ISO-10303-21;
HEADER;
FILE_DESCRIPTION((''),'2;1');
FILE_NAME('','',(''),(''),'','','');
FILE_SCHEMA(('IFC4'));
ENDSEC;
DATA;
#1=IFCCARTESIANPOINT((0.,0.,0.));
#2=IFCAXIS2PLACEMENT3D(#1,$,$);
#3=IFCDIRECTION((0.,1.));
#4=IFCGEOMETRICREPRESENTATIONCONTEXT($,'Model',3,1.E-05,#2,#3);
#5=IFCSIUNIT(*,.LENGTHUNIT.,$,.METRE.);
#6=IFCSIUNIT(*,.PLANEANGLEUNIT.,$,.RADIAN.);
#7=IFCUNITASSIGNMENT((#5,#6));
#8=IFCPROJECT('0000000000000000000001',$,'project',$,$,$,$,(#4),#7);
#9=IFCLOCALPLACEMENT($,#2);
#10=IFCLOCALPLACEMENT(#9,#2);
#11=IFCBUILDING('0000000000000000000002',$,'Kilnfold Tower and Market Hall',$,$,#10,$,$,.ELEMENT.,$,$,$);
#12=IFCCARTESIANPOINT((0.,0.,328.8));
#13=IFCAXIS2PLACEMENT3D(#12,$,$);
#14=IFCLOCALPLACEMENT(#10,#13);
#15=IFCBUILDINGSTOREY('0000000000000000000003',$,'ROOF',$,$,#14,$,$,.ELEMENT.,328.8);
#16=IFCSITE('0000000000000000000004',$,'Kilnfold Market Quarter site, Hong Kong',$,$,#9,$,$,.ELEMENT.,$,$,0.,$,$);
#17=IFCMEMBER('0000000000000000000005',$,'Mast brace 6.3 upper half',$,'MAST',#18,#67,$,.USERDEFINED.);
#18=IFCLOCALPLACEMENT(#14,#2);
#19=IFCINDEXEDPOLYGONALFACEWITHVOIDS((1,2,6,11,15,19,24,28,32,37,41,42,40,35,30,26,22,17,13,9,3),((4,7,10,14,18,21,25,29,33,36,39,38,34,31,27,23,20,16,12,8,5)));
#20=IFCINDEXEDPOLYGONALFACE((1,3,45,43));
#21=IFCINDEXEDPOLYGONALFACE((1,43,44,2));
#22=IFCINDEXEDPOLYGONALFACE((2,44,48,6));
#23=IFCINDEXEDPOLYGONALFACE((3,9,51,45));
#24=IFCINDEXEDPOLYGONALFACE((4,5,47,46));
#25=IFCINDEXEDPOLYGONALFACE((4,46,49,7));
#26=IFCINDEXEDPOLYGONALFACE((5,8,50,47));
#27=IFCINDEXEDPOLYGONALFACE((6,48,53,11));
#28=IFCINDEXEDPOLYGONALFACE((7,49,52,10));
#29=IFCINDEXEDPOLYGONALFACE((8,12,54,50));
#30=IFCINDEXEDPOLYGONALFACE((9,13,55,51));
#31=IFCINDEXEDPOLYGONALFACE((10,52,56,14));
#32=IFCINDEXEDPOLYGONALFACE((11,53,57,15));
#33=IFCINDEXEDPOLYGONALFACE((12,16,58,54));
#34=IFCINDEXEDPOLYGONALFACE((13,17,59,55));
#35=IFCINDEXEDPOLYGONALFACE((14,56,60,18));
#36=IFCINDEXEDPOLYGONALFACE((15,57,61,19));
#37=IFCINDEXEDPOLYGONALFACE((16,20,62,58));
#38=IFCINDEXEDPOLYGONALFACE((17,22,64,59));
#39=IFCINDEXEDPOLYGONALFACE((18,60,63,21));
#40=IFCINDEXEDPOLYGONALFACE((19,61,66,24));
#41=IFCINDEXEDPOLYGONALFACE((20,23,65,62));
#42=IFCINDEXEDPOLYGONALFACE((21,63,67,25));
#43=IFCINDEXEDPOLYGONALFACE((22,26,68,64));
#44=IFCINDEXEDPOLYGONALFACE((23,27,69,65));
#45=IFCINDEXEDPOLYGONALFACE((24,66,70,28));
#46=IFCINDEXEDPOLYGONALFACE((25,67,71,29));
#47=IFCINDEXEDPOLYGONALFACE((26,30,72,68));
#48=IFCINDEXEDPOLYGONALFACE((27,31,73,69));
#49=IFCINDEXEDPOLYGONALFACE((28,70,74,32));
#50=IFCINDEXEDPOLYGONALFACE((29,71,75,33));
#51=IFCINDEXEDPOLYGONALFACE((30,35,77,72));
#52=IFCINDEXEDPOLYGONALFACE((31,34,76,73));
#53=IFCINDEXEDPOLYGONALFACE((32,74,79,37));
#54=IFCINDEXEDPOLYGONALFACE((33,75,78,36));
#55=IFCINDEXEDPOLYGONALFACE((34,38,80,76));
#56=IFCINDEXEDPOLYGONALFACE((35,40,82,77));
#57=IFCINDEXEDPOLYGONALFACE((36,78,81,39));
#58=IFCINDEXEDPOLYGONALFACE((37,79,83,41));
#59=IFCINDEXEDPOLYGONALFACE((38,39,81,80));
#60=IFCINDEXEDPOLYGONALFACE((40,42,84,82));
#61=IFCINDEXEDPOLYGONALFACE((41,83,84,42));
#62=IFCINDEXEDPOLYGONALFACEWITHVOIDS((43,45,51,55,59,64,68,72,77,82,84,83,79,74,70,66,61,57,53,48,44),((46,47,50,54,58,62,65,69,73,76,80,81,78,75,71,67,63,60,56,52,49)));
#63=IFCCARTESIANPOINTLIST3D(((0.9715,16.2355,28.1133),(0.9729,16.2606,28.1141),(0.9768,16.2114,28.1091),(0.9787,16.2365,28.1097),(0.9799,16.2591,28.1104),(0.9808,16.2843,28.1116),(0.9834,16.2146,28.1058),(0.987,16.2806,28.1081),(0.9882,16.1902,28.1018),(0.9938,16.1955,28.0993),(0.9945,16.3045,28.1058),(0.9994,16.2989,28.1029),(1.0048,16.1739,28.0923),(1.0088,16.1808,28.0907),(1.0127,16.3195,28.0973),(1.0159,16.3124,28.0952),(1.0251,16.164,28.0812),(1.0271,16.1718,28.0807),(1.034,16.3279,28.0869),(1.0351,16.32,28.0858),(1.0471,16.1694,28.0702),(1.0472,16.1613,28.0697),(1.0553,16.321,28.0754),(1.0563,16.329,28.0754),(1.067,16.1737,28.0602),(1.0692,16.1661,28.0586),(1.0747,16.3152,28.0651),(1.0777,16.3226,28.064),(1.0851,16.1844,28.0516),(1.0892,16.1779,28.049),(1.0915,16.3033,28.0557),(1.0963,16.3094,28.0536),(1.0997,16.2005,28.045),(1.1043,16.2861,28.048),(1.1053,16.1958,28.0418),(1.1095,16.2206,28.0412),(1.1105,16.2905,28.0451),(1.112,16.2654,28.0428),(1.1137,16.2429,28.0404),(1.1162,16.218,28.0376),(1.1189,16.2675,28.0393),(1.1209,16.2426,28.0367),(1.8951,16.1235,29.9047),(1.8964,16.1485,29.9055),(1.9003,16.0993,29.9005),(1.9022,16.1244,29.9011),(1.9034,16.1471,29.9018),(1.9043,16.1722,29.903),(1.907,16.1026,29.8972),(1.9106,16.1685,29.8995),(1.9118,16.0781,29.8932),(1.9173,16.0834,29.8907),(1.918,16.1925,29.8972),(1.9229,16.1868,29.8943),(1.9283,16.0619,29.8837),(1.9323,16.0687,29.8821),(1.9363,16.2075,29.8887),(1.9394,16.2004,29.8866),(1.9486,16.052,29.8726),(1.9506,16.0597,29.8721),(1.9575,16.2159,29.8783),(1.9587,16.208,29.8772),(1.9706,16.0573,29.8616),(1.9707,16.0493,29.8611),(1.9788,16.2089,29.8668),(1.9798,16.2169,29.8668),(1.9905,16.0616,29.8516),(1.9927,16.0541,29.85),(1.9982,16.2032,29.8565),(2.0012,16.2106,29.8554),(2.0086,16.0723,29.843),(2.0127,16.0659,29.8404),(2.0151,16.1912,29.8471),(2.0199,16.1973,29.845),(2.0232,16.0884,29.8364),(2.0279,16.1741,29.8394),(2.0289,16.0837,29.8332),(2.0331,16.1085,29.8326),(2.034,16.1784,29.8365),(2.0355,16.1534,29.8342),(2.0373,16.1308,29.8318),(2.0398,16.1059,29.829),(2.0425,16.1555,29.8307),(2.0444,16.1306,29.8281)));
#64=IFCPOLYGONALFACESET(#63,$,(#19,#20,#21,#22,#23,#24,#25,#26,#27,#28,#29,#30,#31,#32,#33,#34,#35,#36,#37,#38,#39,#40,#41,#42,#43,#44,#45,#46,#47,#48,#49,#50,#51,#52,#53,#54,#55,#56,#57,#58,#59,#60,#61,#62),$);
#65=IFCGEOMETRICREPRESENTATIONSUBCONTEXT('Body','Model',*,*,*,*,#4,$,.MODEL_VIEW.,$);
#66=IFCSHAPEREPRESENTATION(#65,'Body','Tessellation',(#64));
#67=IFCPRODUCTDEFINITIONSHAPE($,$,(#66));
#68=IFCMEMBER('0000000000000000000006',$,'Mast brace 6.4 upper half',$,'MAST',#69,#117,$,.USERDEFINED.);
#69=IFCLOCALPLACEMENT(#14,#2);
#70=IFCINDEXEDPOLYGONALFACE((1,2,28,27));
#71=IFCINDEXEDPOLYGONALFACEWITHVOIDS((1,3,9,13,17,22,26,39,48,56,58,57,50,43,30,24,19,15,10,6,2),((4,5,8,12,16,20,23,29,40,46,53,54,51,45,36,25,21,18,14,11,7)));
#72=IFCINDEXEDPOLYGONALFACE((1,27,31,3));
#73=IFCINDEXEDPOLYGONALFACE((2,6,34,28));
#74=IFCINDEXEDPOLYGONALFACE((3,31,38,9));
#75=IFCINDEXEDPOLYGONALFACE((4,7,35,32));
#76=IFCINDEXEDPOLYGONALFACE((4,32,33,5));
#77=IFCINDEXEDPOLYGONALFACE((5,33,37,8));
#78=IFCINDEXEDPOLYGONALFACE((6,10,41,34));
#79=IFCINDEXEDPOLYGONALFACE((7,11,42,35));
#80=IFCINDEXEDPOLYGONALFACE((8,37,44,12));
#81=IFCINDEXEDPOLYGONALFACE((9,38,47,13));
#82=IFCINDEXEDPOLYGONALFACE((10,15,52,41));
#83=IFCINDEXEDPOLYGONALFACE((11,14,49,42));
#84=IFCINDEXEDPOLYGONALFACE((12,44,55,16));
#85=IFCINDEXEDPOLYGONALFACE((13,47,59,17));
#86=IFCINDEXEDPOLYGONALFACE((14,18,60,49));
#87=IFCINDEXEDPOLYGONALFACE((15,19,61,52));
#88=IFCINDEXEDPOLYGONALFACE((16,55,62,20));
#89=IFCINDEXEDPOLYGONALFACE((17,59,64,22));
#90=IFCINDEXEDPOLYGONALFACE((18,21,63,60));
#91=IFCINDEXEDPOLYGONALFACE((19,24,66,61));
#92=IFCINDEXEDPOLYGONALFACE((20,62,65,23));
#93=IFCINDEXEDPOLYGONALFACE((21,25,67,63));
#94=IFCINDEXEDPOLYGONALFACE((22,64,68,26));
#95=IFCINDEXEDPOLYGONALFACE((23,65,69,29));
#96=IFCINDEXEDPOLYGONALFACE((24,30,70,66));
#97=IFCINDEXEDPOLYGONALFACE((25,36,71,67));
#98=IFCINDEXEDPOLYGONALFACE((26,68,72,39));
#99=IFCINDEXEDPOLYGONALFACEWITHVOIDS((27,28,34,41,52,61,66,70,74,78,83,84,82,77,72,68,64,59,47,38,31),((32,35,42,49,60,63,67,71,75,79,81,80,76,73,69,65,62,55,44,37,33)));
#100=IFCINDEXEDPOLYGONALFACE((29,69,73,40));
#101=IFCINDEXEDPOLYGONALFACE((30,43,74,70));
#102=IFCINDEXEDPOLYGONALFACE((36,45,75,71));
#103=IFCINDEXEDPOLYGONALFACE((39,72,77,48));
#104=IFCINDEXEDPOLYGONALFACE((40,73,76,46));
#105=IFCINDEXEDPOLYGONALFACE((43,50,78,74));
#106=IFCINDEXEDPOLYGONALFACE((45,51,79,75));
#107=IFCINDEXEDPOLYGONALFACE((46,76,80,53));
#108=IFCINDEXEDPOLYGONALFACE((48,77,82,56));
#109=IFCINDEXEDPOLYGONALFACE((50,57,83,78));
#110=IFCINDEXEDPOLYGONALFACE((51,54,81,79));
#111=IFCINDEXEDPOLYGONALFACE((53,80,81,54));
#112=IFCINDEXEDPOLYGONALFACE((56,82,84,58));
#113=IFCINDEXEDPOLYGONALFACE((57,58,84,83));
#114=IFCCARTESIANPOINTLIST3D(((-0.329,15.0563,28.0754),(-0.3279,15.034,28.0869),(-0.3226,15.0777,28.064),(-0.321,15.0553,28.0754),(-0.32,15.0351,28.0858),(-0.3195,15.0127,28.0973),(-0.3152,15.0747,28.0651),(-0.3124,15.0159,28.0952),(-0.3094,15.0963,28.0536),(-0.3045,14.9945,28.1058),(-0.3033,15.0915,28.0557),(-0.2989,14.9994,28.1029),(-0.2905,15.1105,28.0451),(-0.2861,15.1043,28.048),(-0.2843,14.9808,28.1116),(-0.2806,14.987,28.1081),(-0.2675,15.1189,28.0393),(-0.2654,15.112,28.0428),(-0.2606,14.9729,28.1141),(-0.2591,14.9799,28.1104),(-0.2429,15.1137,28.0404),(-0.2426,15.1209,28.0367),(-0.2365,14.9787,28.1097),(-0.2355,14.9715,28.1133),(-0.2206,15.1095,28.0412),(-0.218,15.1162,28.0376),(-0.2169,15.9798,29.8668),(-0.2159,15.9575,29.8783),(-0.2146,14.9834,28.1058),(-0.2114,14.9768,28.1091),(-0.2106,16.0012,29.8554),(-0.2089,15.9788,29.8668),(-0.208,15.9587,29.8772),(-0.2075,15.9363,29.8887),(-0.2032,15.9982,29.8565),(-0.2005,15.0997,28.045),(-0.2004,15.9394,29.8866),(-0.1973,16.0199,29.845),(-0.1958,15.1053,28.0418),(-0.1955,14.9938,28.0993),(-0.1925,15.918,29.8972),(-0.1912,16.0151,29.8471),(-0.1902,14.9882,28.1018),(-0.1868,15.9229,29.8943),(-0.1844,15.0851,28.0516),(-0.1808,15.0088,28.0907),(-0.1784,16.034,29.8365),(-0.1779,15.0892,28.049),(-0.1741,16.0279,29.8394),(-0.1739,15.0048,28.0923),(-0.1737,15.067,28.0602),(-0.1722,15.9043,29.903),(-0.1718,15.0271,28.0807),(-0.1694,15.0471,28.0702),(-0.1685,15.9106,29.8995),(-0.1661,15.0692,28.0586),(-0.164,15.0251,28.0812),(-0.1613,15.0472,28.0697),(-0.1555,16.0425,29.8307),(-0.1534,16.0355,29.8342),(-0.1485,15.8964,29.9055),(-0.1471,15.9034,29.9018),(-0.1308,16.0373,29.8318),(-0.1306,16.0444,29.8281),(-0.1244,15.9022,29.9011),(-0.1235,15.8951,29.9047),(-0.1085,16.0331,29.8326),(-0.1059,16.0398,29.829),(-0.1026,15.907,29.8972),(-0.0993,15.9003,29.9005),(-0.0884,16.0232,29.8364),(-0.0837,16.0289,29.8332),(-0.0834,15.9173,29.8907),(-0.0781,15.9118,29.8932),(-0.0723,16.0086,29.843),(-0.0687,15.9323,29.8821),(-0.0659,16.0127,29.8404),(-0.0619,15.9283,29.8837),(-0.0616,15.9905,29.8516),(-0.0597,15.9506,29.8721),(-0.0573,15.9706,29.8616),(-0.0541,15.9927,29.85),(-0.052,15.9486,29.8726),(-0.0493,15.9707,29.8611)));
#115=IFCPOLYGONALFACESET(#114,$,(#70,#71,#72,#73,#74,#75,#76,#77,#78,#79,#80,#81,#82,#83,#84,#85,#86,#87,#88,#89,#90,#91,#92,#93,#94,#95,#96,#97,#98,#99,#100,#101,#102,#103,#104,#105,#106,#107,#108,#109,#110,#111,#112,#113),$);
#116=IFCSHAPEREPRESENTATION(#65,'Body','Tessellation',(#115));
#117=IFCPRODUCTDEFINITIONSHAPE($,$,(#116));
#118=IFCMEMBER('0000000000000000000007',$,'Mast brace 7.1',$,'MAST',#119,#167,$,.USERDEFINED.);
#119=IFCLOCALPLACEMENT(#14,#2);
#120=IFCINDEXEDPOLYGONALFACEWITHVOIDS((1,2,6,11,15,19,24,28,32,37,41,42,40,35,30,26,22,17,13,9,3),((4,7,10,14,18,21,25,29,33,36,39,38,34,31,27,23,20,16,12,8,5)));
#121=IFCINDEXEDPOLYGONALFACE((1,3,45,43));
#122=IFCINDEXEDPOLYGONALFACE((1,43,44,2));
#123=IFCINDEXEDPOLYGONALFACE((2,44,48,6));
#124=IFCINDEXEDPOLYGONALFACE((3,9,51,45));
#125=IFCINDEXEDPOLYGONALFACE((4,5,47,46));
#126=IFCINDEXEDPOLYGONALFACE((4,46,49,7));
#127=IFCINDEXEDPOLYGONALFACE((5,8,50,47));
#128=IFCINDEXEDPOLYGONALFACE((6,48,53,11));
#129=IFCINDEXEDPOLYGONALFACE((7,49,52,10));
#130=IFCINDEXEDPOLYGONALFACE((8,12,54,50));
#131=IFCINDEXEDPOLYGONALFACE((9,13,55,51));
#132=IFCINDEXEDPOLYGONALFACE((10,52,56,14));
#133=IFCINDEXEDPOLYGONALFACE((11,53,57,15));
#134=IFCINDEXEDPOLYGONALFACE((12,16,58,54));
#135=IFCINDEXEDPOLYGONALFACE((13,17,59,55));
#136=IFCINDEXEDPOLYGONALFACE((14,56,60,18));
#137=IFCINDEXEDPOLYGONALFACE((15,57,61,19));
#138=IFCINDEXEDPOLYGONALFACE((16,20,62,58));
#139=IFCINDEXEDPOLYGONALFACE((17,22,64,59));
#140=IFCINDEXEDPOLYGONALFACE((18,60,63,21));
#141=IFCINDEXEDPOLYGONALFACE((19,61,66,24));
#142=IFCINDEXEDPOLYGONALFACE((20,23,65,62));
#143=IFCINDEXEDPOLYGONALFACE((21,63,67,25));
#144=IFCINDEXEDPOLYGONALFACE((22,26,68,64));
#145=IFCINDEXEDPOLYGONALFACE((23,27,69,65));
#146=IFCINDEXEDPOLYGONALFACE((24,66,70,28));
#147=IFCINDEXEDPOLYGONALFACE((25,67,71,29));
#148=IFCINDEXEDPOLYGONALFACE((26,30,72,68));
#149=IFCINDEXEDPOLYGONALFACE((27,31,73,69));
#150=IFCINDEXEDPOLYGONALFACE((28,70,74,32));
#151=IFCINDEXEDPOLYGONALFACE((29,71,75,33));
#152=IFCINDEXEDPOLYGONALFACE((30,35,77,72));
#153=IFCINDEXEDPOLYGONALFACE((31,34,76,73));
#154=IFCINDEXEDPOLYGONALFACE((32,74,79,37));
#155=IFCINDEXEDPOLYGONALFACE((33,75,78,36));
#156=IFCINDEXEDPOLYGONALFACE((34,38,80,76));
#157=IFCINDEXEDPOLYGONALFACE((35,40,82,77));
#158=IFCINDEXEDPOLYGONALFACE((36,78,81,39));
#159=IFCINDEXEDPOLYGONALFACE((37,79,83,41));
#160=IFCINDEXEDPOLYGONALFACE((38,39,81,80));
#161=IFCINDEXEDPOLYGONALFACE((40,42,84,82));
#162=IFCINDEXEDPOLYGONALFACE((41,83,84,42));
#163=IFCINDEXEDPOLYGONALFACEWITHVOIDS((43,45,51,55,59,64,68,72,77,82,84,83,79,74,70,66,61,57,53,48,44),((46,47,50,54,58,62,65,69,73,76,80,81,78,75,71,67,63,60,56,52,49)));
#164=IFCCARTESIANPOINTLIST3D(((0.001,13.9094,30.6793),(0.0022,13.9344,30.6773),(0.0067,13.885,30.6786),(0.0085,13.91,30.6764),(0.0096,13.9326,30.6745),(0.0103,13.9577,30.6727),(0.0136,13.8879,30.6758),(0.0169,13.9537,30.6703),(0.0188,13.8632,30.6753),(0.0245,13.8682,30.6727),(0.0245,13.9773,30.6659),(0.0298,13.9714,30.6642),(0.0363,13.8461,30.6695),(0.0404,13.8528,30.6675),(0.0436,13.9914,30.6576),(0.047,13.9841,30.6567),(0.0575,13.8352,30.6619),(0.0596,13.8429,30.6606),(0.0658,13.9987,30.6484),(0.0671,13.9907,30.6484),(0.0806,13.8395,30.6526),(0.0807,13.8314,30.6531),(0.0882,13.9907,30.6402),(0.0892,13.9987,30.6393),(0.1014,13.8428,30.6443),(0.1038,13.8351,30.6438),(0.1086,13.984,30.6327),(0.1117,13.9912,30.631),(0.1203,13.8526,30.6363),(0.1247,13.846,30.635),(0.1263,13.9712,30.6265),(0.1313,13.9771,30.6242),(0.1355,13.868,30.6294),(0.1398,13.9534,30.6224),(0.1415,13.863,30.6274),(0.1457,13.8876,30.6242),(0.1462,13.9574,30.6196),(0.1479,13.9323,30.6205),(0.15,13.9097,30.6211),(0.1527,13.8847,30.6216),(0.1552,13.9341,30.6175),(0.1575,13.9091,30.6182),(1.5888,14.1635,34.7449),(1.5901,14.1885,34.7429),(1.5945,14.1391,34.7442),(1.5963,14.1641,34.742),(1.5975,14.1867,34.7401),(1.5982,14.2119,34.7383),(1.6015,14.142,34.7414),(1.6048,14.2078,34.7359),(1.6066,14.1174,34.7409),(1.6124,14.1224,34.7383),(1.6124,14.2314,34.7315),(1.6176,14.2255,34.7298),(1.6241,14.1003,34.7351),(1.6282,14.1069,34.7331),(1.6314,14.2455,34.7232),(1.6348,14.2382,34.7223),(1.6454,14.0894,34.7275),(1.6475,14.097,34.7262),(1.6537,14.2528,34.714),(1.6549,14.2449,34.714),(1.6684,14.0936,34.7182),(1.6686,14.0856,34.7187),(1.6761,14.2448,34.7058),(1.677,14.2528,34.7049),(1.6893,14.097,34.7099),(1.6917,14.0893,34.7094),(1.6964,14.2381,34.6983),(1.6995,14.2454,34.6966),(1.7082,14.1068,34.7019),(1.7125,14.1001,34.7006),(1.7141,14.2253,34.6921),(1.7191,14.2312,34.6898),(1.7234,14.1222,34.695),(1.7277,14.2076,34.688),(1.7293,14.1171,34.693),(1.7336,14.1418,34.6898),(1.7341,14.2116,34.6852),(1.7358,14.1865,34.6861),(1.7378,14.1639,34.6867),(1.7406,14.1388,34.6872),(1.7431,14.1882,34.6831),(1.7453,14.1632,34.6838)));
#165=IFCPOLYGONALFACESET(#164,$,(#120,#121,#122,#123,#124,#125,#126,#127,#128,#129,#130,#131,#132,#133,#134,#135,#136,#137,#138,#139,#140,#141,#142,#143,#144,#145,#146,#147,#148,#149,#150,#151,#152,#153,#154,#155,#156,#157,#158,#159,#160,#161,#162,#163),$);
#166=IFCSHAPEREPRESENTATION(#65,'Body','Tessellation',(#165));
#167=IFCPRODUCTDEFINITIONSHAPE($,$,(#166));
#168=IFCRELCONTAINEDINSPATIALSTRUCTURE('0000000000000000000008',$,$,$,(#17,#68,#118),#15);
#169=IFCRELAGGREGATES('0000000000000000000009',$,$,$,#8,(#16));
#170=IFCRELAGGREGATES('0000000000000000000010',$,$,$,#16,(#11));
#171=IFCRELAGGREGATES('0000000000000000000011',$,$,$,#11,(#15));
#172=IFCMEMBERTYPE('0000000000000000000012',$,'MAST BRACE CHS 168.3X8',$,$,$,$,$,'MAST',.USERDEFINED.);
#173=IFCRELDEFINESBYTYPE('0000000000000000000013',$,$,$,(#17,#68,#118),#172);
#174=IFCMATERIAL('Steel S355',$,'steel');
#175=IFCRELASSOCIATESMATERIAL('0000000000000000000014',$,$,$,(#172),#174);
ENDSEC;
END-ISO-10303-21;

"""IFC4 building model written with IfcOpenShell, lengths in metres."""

from ifc_helpers import new_model, si_unit, direction, frame, origin, origin_2d, place, context, subcontext, project, spatial, hollow_circle, extrude, source, transform, mapped, material, material_profile, profile_set, type_object, element, save


model = new_model("IFC4")

# Units and contexts
model_context = context("Model", 3, precision=1e-05, world=origin(), true_north=direction((0.0, 1.0)))
body_context = subcontext(model_context, "Body", "Model", "MODEL_VIEW")
ifc_project = project(units=[si_unit("LENGTHUNIT", "METRE"), si_unit("PLANEANGLEUNIT", "RADIAN")], contexts=[model_context])

# Site, building, storey
site_placement = place(None, origin())
site = spatial("IfcSite", under=ifc_project, at=site_placement, Name="Kilnfold Market Quarter site, Hong Kong", CompositionType="ELEMENT", RefElevation=0.0)
building_placement = place(site_placement, origin())
building = spatial("IfcBuilding", under=site, at=building_placement, Name="Kilnfold Tower and Market Hall", CompositionType="ELEMENT")
storey_placement = place(building_placement, frame((0.0, 0.0, 328.8)))
storey = spatial("IfcBuildingStorey", under=building, at=storey_placement, Name="ROOF", CompositionType="ELEMENT", Elevation=328.8)

# Members
ifc_material_1 = material(Name="Steel S355", Category="steel")
ifc_material_profile_1 = material_profile(ifc_material_1, hollow_circle(Radius=0.0842, WallThickness=0.0081, at=origin_2d()), Name="CHS 168.3x8")
ifc_profile_set_1 = profile_set([ifc_material_profile_1], Name="Steel S355")
member_type_1 = type_object("IfcMemberType", Name="MAST BRACE CHS 168.3X8", ElementType="MAST", PredefinedType="USERDEFINED", material=ifc_profile_set_1)
shared_shape_1 = source(origin(), body_context, "Body", "SweptSolid", [
    extrude(hollow_circle(Radius=0.0842, WallThickness=0.0081, at=origin_2d()), origin(), (0.0, 0.0, 1.0), 2.0186),
])
for number, where, z_axis, x_axis, name in (
    (1, (1.0461, 16.2454, 28.0754), (0.45752, -0.055512, 0.887465), (0.120449, 0.99272, 0.0), "Mast brace 6.3 upper half"),
    (2, (-0.2454, 15.0461, 28.0754), (0.055512, 0.45752, 0.887465), (-0.99272, 0.120449, 0.0), "Mast brace 6.4 upper half"),
):
    element("IfcMember", number, at=place(storey_placement, frame(where, z_axis=z_axis, x_axis=x_axis)), inside=storey, type_object=member_type_1, Name=name, ObjectType="MAST", PredefinedType="USERDEFINED", context=body_context, shape_type="MappedRepresentation", body=[
        mapped(shared_shape_1, transform((0.0, 0.0, 0.0))),
    ])
shared_shape_2 = source(origin(), body_context, "Body", "SweptSolid", [
    extrude(hollow_circle(Radius=0.0842, WallThickness=0.0081, at=origin_2d()), origin(), (0.0, 0.0, 1.0), 4.3721),
])
for number, where, z_axis, x_axis, name in (
    (3, (0.0791, 13.9155, 30.6484), (0.363183, 0.058129, 0.929903), (-0.158044, 0.987432, 0.0), "Mast brace 7.1"),
):
    element("IfcMember", number, at=place(storey_placement, frame(where, z_axis=z_axis, x_axis=x_axis)), inside=storey, type_object=member_type_1, Name=name, ObjectType="MAST", PredefinedType="USERDEFINED", context=body_context, shape_type="MappedRepresentation", body=[
        mapped(shared_shape_2, transform((0.0, 0.0, 0.0))),
    ])

save(model, "model.ifc")
